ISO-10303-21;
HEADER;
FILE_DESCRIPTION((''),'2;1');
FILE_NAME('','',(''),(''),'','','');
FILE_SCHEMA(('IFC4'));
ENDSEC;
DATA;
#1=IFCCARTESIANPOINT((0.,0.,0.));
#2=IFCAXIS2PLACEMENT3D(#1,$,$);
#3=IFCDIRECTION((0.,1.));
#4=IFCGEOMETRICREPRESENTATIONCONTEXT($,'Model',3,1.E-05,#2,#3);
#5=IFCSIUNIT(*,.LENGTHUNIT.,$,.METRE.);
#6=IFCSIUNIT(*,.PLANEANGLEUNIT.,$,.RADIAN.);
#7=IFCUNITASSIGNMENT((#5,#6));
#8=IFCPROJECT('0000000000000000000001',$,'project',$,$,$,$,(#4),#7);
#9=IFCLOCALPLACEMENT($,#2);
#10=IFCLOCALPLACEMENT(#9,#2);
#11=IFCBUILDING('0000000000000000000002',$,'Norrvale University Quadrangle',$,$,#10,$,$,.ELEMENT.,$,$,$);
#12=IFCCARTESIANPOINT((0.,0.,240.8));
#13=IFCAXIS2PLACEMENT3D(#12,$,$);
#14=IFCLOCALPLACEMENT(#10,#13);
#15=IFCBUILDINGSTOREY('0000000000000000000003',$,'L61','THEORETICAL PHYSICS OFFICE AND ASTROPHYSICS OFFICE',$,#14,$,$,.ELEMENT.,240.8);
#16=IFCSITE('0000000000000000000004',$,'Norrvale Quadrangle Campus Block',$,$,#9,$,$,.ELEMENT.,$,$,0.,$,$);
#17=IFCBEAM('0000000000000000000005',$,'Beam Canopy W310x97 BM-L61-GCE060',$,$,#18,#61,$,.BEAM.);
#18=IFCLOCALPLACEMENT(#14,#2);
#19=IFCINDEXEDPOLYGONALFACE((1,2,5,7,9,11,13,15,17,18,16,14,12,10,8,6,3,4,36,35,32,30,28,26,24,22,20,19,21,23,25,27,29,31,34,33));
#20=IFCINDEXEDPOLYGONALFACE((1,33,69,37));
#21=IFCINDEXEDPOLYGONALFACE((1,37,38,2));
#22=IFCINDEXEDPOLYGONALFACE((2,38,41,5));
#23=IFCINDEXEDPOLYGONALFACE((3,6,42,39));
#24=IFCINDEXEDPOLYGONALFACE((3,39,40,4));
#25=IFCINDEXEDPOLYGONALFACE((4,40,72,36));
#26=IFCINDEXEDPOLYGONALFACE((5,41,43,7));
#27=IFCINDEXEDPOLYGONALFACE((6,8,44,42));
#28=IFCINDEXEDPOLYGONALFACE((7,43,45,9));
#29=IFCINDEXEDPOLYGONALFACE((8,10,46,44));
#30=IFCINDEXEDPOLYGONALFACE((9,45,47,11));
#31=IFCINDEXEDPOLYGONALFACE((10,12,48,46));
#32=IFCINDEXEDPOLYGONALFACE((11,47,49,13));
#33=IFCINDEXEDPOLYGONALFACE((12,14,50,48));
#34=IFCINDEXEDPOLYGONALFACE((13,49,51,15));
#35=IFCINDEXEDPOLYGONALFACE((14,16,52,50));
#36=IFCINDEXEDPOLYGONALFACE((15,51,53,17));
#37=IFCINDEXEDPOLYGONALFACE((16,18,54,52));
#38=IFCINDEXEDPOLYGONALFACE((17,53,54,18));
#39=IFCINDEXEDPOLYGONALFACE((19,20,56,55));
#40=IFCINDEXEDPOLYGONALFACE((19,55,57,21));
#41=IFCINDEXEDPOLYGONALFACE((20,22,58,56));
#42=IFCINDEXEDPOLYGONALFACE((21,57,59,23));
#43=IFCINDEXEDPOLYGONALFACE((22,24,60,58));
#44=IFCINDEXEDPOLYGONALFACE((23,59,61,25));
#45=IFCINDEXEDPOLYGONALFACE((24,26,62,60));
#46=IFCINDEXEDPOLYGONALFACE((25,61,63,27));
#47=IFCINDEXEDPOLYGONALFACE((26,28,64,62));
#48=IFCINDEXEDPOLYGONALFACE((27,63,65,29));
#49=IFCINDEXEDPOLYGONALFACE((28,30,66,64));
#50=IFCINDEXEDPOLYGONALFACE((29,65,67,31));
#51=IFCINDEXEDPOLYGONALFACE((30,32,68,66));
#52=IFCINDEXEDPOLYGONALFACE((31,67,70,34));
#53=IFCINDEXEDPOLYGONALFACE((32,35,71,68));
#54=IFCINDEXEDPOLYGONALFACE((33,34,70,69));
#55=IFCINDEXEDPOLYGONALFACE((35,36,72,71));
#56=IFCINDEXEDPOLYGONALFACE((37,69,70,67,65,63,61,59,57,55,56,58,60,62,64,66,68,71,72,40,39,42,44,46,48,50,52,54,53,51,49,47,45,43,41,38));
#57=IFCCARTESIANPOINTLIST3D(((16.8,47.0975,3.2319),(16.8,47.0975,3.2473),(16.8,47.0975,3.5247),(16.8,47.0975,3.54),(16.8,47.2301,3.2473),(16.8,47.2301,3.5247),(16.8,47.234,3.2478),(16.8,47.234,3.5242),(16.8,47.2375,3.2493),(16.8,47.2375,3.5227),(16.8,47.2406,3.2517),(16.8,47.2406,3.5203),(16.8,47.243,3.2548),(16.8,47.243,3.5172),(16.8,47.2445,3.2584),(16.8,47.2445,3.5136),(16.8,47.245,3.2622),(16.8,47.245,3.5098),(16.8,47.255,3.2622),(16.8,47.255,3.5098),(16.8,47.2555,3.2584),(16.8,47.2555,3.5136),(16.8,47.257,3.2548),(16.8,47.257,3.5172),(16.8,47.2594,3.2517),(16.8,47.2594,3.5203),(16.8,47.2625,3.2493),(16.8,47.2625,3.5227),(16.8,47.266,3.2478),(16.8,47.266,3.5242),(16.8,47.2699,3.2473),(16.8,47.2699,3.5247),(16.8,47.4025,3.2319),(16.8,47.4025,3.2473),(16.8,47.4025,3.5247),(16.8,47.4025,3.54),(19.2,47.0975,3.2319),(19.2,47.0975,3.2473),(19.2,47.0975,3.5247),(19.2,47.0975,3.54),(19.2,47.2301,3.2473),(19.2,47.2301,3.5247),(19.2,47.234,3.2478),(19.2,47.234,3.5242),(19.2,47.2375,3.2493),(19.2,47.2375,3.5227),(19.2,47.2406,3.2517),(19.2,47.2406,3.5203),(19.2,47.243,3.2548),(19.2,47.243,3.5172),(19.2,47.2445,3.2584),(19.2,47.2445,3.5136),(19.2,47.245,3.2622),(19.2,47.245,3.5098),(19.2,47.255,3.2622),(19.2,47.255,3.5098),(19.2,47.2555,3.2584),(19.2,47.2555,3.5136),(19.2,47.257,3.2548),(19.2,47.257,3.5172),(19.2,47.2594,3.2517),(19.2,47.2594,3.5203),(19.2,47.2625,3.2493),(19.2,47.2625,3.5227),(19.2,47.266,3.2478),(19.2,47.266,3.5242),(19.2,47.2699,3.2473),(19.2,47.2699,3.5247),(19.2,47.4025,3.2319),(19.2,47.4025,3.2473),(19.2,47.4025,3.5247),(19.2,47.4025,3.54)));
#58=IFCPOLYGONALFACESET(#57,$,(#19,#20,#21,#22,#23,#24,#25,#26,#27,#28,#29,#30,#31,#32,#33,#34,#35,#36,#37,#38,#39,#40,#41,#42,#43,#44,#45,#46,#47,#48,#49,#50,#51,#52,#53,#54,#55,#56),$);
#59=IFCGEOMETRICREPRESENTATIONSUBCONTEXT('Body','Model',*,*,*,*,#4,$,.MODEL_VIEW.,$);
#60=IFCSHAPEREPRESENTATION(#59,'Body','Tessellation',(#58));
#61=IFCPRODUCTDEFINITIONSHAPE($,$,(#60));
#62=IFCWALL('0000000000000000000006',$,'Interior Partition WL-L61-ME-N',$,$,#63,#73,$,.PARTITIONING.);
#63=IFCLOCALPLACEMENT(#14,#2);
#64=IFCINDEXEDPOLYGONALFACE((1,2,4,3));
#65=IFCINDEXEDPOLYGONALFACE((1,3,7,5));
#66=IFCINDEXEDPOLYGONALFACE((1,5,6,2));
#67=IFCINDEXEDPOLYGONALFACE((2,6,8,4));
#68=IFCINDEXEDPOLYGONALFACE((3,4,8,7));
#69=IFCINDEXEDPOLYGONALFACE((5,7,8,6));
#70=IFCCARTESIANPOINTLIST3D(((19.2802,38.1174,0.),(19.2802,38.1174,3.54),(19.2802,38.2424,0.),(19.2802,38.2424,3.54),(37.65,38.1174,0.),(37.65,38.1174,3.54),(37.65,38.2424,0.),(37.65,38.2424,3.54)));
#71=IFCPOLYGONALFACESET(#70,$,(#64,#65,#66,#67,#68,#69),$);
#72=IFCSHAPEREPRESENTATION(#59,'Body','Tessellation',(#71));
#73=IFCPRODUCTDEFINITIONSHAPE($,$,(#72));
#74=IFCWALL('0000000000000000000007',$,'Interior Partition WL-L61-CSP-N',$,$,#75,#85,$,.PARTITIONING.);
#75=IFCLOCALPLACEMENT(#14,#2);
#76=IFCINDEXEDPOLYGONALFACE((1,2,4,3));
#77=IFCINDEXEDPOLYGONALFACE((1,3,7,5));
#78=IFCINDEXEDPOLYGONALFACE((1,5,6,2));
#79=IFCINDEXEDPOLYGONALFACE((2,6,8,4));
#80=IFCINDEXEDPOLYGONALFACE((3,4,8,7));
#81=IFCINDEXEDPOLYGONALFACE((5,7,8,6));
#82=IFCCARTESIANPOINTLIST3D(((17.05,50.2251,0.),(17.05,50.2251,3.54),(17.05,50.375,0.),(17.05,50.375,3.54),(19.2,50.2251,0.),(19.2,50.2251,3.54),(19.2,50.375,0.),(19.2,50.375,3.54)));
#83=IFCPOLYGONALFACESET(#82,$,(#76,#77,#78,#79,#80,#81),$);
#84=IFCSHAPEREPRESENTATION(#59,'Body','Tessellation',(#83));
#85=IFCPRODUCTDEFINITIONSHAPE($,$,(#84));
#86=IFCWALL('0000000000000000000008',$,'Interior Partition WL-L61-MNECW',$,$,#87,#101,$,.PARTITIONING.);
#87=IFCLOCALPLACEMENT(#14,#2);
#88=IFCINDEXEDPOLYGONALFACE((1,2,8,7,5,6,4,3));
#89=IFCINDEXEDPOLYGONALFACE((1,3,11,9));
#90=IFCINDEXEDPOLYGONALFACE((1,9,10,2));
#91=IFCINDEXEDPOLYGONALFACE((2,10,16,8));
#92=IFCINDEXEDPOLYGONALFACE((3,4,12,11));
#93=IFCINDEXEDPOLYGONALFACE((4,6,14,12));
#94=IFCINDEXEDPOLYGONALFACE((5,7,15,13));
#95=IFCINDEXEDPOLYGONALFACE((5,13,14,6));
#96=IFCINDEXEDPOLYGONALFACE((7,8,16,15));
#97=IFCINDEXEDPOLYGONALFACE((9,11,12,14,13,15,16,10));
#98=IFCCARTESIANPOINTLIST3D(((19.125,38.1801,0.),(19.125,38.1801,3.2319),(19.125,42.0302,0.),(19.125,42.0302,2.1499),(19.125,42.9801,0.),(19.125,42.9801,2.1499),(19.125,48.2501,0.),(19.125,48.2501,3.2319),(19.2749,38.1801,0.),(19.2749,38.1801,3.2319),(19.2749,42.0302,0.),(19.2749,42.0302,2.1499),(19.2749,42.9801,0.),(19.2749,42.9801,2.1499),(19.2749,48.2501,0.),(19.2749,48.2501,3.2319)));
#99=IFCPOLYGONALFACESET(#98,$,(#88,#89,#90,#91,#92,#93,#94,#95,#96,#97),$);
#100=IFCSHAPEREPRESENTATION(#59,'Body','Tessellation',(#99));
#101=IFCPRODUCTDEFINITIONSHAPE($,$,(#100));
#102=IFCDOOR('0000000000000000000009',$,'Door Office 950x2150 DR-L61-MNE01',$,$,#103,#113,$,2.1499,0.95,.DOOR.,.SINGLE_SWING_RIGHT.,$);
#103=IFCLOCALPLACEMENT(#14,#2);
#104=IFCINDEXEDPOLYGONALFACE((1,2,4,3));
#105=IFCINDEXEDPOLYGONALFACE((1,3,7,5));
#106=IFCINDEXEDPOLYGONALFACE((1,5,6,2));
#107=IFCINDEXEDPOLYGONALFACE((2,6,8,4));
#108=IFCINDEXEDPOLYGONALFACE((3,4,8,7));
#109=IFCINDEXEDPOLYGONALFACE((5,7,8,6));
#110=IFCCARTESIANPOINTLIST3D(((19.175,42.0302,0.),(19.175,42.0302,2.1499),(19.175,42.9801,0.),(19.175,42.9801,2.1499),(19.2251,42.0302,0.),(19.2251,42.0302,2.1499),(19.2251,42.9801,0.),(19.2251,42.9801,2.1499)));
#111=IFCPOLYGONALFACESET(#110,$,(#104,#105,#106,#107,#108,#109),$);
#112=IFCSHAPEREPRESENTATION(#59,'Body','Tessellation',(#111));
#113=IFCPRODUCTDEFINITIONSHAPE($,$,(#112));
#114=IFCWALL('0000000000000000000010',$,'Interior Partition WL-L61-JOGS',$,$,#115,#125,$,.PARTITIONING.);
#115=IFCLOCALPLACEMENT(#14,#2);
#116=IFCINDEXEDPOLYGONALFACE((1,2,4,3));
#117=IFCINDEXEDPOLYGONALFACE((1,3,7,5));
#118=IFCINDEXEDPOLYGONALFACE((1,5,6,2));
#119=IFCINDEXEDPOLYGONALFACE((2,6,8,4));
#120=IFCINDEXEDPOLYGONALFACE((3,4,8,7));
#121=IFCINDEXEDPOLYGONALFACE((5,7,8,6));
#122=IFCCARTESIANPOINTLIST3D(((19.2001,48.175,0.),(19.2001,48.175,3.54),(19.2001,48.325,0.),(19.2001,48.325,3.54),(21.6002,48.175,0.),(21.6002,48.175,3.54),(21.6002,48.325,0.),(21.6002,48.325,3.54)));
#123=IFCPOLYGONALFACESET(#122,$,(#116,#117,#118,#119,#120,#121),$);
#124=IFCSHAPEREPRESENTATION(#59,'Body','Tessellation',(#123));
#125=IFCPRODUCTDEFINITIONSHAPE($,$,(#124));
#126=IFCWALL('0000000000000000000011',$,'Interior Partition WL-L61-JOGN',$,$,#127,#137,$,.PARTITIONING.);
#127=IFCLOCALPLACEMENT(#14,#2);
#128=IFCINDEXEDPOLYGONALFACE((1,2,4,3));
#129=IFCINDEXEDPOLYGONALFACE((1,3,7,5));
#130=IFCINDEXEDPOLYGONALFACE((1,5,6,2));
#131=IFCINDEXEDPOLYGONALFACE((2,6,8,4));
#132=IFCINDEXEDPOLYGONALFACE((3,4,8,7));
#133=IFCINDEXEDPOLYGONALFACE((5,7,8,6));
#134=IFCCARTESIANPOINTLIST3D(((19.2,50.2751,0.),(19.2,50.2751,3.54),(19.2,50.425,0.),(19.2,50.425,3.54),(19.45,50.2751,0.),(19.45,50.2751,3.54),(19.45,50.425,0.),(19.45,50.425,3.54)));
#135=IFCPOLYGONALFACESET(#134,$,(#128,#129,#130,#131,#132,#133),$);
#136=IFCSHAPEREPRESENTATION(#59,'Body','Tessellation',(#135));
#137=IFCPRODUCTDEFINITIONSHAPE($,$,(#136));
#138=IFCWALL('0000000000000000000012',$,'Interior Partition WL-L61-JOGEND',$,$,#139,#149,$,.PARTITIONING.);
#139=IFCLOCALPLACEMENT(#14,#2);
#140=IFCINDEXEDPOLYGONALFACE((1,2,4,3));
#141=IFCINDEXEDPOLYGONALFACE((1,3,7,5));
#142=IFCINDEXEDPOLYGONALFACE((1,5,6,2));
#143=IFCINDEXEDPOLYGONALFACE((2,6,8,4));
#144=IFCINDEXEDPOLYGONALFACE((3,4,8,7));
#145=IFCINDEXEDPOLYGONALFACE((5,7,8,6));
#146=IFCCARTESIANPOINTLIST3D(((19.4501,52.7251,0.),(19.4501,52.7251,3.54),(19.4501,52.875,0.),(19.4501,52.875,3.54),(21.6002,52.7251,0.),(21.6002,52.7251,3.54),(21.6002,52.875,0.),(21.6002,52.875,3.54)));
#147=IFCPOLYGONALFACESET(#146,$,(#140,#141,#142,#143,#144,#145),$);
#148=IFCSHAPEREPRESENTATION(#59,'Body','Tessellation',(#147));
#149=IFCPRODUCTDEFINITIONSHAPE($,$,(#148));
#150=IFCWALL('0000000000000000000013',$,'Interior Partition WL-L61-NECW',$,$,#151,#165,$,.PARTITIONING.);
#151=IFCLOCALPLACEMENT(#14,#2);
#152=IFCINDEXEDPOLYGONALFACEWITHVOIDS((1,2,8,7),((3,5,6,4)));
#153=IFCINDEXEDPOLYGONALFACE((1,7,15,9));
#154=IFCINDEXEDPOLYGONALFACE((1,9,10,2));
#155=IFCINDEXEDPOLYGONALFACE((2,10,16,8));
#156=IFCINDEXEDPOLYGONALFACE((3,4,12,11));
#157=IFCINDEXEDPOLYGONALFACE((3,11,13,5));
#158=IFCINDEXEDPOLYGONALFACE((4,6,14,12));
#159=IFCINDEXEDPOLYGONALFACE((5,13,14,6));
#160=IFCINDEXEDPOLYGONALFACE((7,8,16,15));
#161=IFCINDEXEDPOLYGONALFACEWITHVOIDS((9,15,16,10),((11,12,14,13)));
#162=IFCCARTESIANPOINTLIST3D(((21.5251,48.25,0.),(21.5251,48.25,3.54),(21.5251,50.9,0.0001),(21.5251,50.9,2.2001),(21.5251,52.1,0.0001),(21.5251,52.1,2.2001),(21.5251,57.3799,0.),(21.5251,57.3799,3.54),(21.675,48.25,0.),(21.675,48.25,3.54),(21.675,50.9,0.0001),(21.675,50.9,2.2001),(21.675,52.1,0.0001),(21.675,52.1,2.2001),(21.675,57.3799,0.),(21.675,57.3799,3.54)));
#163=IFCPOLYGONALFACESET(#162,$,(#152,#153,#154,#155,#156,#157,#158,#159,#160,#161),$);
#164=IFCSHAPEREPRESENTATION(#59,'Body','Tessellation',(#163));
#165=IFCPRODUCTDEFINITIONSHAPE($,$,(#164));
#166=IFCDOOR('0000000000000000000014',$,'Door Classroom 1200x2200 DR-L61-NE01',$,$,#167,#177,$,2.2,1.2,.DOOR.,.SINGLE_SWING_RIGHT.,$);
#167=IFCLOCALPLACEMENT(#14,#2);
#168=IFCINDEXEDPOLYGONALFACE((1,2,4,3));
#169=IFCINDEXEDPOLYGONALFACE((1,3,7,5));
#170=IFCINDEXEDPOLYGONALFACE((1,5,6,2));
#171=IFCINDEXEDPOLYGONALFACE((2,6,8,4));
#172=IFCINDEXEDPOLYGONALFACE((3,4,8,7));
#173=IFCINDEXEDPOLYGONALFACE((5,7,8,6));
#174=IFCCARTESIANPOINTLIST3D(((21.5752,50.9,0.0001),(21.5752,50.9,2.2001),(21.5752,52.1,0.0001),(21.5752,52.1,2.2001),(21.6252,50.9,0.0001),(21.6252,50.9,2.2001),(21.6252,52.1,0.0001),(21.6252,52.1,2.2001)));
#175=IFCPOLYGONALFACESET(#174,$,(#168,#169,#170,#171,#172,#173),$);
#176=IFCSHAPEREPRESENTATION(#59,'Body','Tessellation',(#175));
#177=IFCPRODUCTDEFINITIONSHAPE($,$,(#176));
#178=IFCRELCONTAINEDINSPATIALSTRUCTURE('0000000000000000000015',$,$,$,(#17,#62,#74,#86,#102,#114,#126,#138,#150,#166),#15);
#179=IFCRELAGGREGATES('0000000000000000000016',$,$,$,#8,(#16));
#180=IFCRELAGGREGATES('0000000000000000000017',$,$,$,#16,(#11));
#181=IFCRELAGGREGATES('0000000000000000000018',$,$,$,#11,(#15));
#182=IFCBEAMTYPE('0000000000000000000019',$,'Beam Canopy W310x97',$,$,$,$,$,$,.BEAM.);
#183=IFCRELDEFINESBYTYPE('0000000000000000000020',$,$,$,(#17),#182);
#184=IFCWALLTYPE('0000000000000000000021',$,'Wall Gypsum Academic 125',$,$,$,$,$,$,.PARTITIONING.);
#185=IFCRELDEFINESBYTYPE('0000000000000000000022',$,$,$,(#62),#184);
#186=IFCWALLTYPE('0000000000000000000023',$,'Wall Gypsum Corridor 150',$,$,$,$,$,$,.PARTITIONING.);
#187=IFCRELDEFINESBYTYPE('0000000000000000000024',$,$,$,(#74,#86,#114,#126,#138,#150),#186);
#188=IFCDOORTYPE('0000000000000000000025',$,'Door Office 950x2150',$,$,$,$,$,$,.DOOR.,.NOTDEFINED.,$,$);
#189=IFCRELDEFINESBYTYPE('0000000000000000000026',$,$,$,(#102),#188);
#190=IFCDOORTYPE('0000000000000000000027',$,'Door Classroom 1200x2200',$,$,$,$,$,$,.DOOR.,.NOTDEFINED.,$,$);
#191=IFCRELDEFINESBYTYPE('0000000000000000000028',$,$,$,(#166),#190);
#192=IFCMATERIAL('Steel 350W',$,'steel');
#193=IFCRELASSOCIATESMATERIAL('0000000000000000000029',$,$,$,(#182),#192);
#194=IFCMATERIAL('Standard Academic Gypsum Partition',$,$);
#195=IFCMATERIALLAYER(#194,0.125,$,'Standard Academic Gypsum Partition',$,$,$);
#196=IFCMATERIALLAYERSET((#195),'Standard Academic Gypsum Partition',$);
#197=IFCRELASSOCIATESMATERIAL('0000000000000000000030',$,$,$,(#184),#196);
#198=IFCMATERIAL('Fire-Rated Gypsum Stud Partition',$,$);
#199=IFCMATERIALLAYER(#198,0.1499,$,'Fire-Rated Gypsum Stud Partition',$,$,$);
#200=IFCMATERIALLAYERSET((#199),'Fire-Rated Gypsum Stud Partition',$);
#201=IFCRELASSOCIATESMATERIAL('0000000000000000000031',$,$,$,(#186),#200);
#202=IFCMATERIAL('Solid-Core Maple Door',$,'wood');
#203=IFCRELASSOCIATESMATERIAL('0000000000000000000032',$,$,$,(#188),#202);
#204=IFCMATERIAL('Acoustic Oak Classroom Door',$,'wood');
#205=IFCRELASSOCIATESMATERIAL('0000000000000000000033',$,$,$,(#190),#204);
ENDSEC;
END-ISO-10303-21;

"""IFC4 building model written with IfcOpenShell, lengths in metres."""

from ifc_helpers import new_model, si_unit, direction, frame, frame_2d, origin, origin_2d, place, context, subcontext, project, spatial, rectangle, i_section, extrude, material, layer, layer_set, material_profile, profile_set, type_object, element, fill, save


model = new_model("IFC4")

# Units and contexts
model_context = context("Model", 3, precision=1e-05, world=origin(), true_north=direction((0.0, 1.0)))
body_context = subcontext(model_context, "Body", "Model", "MODEL_VIEW")
ifc_project = project(units=[si_unit("LENGTHUNIT", "METRE"), si_unit("PLANEANGLEUNIT", "RADIAN")], contexts=[model_context])

# Site, building, storey
site_placement = place(None, origin())
site = spatial("IfcSite", under=ifc_project, at=site_placement, Name="Norrvale Quadrangle Campus Block", CompositionType="ELEMENT", RefElevation=0.0)
building_placement = place(site_placement, origin())
building = spatial("IfcBuilding", under=site, at=building_placement, Name="Norrvale University Quadrangle", CompositionType="ELEMENT")
storey_placement = place(building_placement, frame((0.0, 0.0, 240.8)))
storey = spatial("IfcBuildingStorey", under=building, at=storey_placement, Name="L61", Description="THEORETICAL PHYSICS OFFICE AND ASTROPHYSICS OFFICE", CompositionType="ELEMENT", Elevation=240.8)

# Beam
ifc_material_1 = material(Name="Steel 350W", Category="steel")
ifc_material_profile_1 = material_profile(ifc_material_1, i_section(OverallWidth=0.3049, OverallDepth=0.3081, WebThickness=0.01, FlangeThickness=0.0154, FilletRadius=0.0149, at=origin_2d()), Name="Steel 350W")
ifc_profile_set_1 = profile_set([ifc_material_profile_1], Name="Steel 350W")
beam_type_1 = type_object("IfcBeamType", Name="Beam Canopy W310x97", PredefinedType="BEAM", material=ifc_profile_set_1)
beam_1_placement = place(storey_placement, frame((16.8, 47.25, 3.386), z_axis=(1.0, 0.0, 0.0), x_axis=(0.0, 1.0, 0.0)))
element("IfcBeam", 1, at=beam_1_placement, inside=storey, type_object=beam_type_1, Name="Beam Canopy W310x97 BM-L61-GCE060", PredefinedType="BEAM", context=body_context, shape_type="SweptSolid", body=[
    extrude(i_section(OverallWidth=0.3049, OverallDepth=0.3081, WebThickness=0.01, FlangeThickness=0.0154, FilletRadius=0.0149, at=origin_2d()), origin(), (0.0, 0.0, 1.0), 2.3999),
])

# Walls
ifc_material_2 = material(Name="Standard Academic Gypsum Partition")
ifc_layer_1 = layer(ifc_material_2, 0.125, Name="Standard Academic Gypsum Partition")
ifc_layer_set_1 = layer_set([ifc_layer_1], Name="Standard Academic Gypsum Partition")
wall_type_1 = type_object("IfcWallType", Name="Wall Gypsum Academic 125", PredefinedType="PARTITIONING", material=ifc_layer_set_1)
wall_1_placement = place(storey_placement, frame((19.28, 38.1799, 0.0), z_axis=(0.0, 0.0, 1.0), x_axis=(1.0, 0.0, 0.0)))
element("IfcWall", 2, at=wall_1_placement, inside=storey, type_object=wall_type_1, Name="Interior Partition WL-L61-ME-N", PredefinedType="PARTITIONING", context=body_context, shape_type="SweptSolid", body=[
    extrude(rectangle(XDim=18.3699, YDim=0.125, at=frame_2d((9.1851, 0.0))), origin(), (0.0, 0.0, 1.0), 3.54),
])
ifc_material_3 = material(Name="Fire-Rated Gypsum Stud Partition")
ifc_layer_2 = layer(ifc_material_3, 0.1499, Name="Fire-Rated Gypsum Stud Partition")
ifc_layer_set_2 = layer_set([ifc_layer_2], Name="Fire-Rated Gypsum Stud Partition")
wall_type_2 = type_object("IfcWallType", Name="Wall Gypsum Corridor 150", PredefinedType="PARTITIONING", material=ifc_layer_set_2)
wall_2_placement = place(storey_placement, frame((17.05, 50.3, 0.0), z_axis=(0.0, 0.0, 1.0), x_axis=(1.0, 0.0, 0.0)))
element("IfcWall", 3, at=wall_2_placement, inside=storey, type_object=wall_type_2, Name="Interior Partition WL-L61-CSP-N", PredefinedType="PARTITIONING", context=body_context, shape_type="SweptSolid", body=[
    extrude(rectangle(XDim=2.1499, YDim=0.1499, at=frame_2d((1.075, 0.0))), origin(), (0.0, 0.0, 1.0), 3.54),
])

# Wall, opening, door
wall_3_placement = place(storey_placement, frame((19.2, 38.1799, 0.0), z_axis=(0.0, 0.0, 1.0), x_axis=(0.0, 1.0, 0.0)))
wall_3 = element("IfcWall", 4, at=wall_3_placement, inside=storey, type_object=wall_type_2, Name="Interior Partition WL-L61-MNECW", PredefinedType="PARTITIONING", context=body_context, shape_type="SweptSolid", body=[
    extrude(rectangle(XDim=10.0701, YDim=0.1499, at=frame_2d((5.0352, 0.0))), origin(), (0.0, 0.0, 1.0), 3.2319),
])
opening_1_placement = place(wall_3_placement, frame((3.8501, 0.0, 0.0)))
opening_1 = element("IfcOpeningElement", 5, at=opening_1_placement, cuts=wall_3, PredefinedType="OPENING", context=body_context, shape_type="SweptSolid", body=[
    extrude(rectangle(XDim=0.95, YDim=2.1499, at=frame_2d((0.4751, 1.075))), frame((0.0, 0.0869, 0.0), z_axis=(0.0, -1.0, 0.0), x_axis=(1.0, 0.0, 0.0)), (0.0, 0.0, 1.0), 0.1738),
])
ifc_material_4 = material(Name="Solid-Core Maple Door", Category="wood")
door_type_1 = type_object("IfcDoorType", Name="Door Office 950x2150", OperationType="NOTDEFINED", PredefinedType="DOOR", material=ifc_material_4)
door_1_placement = place(opening_1_placement, origin())
door_1 = element("IfcDoor", 6, at=door_1_placement, inside=storey, type_object=door_type_1, Name="Door Office 950x2150 DR-L61-MNE01", OperationType="SINGLE_SWING_RIGHT", OverallHeight=2.1499, OverallWidth=0.95, PredefinedType="DOOR", context=body_context, shape_type="SweptSolid", body=[
    extrude(rectangle(XDim=0.95, YDim=2.1499, at=frame_2d((0.4751, 1.075))), frame((0.0, 0.0249, 0.0), z_axis=(0.0, -1.0, 0.0), x_axis=(1.0, 0.0, 0.0)), (0.0, 0.0, 1.0), 0.05),
])
fill(opening_1, door_1)

# Walls
wall_4_placement = place(storey_placement, frame((19.2, 48.25, 0.0), z_axis=(0.0, 0.0, 1.0), x_axis=(1.0, 0.0, 0.0)))
element("IfcWall", 7, at=wall_4_placement, inside=storey, type_object=wall_type_2, Name="Interior Partition WL-L61-JOGS", PredefinedType="PARTITIONING", context=body_context, shape_type="SweptSolid", body=[
    extrude(rectangle(XDim=2.4001, YDim=0.1499, at=frame_2d((1.2002, 0.0))), origin(), (0.0, 0.0, 1.0), 3.54),
])
wall_5_placement = place(storey_placement, frame((19.2, 50.3501, 0.0), z_axis=(0.0, 0.0, 1.0), x_axis=(1.0, 0.0, 0.0)))
element("IfcWall", 8, at=wall_5_placement, inside=storey, type_object=wall_type_2, Name="Interior Partition WL-L61-JOGN", PredefinedType="PARTITIONING", context=body_context, shape_type="SweptSolid", body=[
    extrude(rectangle(XDim=0.25, YDim=0.1499, at=frame_2d((0.125, 0.0))), origin(), (0.0, 0.0, 1.0), 3.54),
])
wall_6_placement = place(storey_placement, frame((19.45, 52.8, 0.0), z_axis=(0.0, 0.0, 1.0), x_axis=(1.0, 0.0, 0.0)))
element("IfcWall", 9, at=wall_6_placement, inside=storey, type_object=wall_type_2, Name="Interior Partition WL-L61-JOGEND", PredefinedType="PARTITIONING", context=body_context, shape_type="SweptSolid", body=[
    extrude(rectangle(XDim=2.1501, YDim=0.1499, at=frame_2d((1.0752, 0.0))), origin(), (0.0, 0.0, 1.0), 3.54),
])

# Wall, opening, door
wall_7_placement = place(storey_placement, frame((21.6001, 48.25, 0.0), z_axis=(0.0, 0.0, 1.0), x_axis=(0.0, 1.0, 0.0)))
wall_7 = element("IfcWall", 10, at=wall_7_placement, inside=storey, type_object=wall_type_2, Name="Interior Partition WL-L61-NECW", PredefinedType="PARTITIONING", context=body_context, shape_type="SweptSolid", body=[
    extrude(rectangle(XDim=9.1299, YDim=0.1499, at=frame_2d((4.5649, 0.0))), origin(), (0.0, 0.0, 1.0), 3.54),
])
opening_2_placement = place(wall_7_placement, frame((2.6499, 0.0, 0.0)))
opening_2 = element("IfcOpeningElement", 11, at=opening_2_placement, cuts=wall_7, PredefinedType="OPENING", context=body_context, shape_type="SweptSolid", body=[
    extrude(rectangle(XDim=1.2, YDim=2.2, at=frame_2d((0.6001, 1.1001))), frame((0.0, 0.0869, 0.0), z_axis=(0.0, -1.0, 0.0), x_axis=(1.0, 0.0, 0.0)), (0.0, 0.0, 1.0), 0.1738),
])
ifc_material_5 = material(Name="Acoustic Oak Classroom Door", Category="wood")
door_type_2 = type_object("IfcDoorType", Name="Door Classroom 1200x2200", OperationType="NOTDEFINED", PredefinedType="DOOR", material=ifc_material_5)
door_2_placement = place(opening_2_placement, origin())
door_2 = element("IfcDoor", 12, at=door_2_placement, inside=storey, type_object=door_type_2, Name="Door Classroom 1200x2200 DR-L61-NE01", OperationType="SINGLE_SWING_RIGHT", OverallHeight=2.2, OverallWidth=1.2, PredefinedType="DOOR", context=body_context, shape_type="SweptSolid", body=[
    extrude(rectangle(XDim=1.2, YDim=2.2, at=frame_2d((0.6001, 1.1001))), frame((0.0, 0.0249, 0.0), z_axis=(0.0, -1.0, 0.0), x_axis=(1.0, 0.0, 0.0)), (0.0, 0.0, 1.0), 0.05),
])
fill(opening_2, door_2)

save(model, "model.ifc")
